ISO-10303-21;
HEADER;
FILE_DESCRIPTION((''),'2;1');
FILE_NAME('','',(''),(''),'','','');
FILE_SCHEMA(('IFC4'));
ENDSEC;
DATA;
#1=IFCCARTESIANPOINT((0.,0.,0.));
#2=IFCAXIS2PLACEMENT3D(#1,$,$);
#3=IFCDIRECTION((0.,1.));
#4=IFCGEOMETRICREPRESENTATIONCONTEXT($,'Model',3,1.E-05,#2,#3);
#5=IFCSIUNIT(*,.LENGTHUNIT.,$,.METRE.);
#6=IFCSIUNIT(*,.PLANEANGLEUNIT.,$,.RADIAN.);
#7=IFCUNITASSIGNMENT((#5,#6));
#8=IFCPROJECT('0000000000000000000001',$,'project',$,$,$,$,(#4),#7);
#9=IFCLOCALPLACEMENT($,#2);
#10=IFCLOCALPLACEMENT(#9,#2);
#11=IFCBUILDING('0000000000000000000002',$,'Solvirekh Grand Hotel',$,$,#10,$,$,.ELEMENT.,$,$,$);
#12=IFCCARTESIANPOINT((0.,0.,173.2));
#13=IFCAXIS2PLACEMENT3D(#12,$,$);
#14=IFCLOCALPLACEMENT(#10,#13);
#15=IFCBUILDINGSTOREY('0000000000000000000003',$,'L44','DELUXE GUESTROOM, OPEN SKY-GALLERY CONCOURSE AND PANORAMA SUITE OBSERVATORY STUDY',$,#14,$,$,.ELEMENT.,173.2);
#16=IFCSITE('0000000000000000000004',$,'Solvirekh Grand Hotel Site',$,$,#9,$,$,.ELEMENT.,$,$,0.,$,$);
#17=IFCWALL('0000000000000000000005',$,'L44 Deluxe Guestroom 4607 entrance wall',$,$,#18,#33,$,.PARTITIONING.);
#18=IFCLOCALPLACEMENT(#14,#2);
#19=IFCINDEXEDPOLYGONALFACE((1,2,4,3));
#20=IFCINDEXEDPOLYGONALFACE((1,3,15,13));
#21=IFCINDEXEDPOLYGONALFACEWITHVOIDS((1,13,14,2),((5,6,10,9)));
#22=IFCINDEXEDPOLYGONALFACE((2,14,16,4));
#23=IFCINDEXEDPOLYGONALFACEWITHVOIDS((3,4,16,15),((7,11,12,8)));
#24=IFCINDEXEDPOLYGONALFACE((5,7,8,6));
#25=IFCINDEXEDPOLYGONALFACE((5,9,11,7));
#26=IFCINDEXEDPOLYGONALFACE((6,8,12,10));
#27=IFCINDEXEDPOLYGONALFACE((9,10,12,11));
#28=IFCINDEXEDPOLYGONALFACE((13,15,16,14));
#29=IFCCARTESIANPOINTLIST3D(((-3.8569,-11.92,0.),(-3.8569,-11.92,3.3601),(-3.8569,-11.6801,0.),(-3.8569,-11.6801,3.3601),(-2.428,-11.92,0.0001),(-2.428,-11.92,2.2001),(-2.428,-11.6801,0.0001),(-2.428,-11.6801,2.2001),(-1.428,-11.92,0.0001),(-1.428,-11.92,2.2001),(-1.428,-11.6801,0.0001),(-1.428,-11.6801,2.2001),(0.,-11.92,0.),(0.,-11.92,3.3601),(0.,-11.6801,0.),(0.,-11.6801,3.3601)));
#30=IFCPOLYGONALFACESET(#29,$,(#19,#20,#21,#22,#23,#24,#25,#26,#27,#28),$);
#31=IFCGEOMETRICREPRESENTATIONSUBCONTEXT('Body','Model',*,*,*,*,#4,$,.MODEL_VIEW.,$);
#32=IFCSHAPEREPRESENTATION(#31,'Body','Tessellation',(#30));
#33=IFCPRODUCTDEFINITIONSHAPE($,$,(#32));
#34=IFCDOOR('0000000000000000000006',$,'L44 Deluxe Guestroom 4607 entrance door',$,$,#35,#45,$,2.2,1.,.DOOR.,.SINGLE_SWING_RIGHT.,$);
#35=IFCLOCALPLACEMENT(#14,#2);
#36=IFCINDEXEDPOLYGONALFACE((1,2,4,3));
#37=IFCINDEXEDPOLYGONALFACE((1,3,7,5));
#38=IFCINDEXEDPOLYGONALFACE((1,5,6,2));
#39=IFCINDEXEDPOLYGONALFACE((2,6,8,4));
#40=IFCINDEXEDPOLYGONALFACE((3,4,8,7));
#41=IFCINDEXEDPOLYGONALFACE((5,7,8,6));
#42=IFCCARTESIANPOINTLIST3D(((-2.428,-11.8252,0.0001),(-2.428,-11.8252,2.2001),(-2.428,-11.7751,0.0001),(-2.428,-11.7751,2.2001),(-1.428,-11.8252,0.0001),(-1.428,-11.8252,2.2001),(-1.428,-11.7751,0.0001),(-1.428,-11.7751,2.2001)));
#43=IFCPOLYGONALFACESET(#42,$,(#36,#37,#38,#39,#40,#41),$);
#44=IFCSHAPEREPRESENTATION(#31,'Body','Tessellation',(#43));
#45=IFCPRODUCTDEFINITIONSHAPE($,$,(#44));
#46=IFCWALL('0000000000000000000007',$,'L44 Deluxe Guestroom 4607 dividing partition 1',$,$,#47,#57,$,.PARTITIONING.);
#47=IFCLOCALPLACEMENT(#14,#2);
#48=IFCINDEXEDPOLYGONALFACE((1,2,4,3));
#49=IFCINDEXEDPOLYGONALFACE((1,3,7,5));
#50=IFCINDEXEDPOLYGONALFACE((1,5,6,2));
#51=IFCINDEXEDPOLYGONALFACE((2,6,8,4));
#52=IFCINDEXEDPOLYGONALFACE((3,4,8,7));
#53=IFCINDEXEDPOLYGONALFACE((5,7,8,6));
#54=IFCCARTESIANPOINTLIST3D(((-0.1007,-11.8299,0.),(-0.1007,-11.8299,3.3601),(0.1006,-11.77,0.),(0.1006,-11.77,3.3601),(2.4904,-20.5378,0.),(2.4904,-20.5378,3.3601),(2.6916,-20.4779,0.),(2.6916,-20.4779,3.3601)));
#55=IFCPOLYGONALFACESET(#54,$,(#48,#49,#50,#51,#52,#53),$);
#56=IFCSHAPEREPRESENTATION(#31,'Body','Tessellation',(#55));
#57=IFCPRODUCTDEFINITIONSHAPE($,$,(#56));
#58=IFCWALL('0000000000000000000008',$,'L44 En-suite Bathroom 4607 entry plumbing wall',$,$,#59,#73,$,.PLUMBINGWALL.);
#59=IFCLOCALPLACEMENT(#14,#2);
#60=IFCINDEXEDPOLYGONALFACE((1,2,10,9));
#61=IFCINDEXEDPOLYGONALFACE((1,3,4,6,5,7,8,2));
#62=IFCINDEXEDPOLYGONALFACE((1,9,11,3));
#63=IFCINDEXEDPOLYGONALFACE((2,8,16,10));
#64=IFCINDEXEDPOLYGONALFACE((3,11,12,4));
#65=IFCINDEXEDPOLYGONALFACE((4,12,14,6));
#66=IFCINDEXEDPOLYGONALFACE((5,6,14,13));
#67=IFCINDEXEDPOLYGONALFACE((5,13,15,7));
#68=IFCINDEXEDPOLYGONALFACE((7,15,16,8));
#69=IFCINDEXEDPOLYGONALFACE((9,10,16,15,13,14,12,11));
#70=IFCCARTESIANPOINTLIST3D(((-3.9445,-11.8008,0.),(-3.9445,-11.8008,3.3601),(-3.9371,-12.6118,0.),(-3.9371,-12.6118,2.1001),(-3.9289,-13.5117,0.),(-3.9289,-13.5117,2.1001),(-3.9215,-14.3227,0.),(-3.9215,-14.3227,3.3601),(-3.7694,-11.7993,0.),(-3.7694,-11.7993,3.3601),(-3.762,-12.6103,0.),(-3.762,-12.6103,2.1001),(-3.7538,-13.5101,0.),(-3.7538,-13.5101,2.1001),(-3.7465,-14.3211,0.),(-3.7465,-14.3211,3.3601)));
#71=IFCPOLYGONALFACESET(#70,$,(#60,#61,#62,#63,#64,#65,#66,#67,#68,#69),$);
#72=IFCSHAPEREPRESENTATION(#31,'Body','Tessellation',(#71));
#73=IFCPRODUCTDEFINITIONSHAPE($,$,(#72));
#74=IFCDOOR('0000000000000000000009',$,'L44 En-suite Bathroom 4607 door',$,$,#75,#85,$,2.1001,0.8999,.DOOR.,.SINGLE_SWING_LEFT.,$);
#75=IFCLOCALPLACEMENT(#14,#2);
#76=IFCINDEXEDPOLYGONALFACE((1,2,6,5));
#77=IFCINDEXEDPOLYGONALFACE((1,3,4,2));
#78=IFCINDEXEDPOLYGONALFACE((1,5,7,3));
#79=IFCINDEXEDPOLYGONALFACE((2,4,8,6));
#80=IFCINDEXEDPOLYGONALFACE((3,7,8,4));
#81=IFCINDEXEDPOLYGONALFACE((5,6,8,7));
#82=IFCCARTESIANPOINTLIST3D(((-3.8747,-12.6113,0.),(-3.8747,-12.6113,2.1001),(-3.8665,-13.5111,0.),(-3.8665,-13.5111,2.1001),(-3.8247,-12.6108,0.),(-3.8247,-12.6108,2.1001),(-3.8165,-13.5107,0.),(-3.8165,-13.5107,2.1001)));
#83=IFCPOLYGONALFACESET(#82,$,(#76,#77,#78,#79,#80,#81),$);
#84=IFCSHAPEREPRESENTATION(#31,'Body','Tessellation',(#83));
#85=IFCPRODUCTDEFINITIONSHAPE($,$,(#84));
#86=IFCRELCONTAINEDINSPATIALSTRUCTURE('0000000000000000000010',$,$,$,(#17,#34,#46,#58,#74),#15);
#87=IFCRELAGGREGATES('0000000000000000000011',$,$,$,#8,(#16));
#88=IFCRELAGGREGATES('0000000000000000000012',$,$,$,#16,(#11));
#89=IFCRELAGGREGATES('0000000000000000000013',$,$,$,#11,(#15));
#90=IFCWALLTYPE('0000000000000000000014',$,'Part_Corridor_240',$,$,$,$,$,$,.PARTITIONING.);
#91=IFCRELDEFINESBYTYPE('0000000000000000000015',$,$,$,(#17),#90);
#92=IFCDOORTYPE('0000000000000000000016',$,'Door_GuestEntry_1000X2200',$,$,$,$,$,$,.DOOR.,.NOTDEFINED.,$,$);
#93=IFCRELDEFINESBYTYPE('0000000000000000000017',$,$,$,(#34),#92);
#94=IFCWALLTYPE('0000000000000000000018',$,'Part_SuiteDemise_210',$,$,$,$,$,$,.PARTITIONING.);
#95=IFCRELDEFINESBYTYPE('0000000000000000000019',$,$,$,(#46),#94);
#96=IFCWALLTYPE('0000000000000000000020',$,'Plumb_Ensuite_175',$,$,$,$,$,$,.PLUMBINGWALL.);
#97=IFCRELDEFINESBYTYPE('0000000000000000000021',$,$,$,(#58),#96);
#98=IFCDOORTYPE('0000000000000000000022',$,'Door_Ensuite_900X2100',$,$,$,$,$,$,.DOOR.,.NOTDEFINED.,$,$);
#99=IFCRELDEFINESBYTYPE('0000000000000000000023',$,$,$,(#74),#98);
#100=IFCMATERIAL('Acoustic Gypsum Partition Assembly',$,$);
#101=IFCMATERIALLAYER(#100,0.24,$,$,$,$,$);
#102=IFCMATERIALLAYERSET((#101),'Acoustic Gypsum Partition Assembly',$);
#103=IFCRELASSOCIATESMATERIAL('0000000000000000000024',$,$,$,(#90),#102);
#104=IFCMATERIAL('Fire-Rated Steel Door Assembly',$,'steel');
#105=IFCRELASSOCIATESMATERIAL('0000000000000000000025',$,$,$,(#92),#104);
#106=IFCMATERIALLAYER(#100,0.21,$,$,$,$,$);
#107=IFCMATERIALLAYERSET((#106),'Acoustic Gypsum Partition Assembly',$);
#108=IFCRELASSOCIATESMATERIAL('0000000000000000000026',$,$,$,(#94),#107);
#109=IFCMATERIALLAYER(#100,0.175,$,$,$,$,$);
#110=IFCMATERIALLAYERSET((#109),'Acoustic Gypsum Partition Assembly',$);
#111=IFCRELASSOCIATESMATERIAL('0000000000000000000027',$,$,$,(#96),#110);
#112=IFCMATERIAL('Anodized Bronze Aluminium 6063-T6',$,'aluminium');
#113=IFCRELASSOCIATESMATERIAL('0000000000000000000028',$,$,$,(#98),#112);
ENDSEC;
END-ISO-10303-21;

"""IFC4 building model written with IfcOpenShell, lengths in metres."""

from ifc_helpers import new_model, si_unit, direction, frame, frame_2d, origin, place, context, subcontext, project, spatial, rectangle, extrude, material, layer, layer_set, type_object, element, fill, save


model = new_model("IFC4")

# Units and contexts
model_context = context("Model", 3, precision=1e-05, world=origin(), true_north=direction((0.0, 1.0)))
body_context = subcontext(model_context, "Body", "Model", "MODEL_VIEW")
ifc_project = project(units=[si_unit("LENGTHUNIT", "METRE"), si_unit("PLANEANGLEUNIT", "RADIAN")], contexts=[model_context])

# Site, building, storey
site_placement = place(None, origin())
site = spatial("IfcSite", under=ifc_project, at=site_placement, Name="Solvirekh Grand Hotel Site", CompositionType="ELEMENT", RefElevation=0.0)
building_placement = place(site_placement, origin())
building = spatial("IfcBuilding", under=site, at=building_placement, Name="Solvirekh Grand Hotel", CompositionType="ELEMENT")
storey_placement = place(building_placement, frame((0.0, 0.0, 173.2)))
storey = spatial("IfcBuildingStorey", under=building, at=storey_placement, Name="L44", Description="DELUXE GUESTROOM, OPEN SKY-GALLERY CONCOURSE AND PANORAMA SUITE OBSERVATORY STUDY", CompositionType="ELEMENT", Elevation=173.2)

# Shared definitions
ifc_material_1 = material(Name="Anodized Bronze Aluminium 6063-T6", Category="aluminium")

# Wall, opening, door
ifc_material_2 = material(Name="Acoustic Gypsum Partition Assembly")
ifc_layer_1 = layer(ifc_material_2, 0.24)
ifc_layer_set_1 = layer_set([ifc_layer_1], Name="Acoustic Gypsum Partition Assembly")
wall_type_1 = type_object("IfcWallType", Name="Part_Corridor_240", PredefinedType="PARTITIONING", material=ifc_layer_set_1)
wall_1_placement = place(storey_placement, frame((-3.8569, -11.8, 0.0), z_axis=(0.0, 0.0, 1.0), x_axis=(1.0, 0.0, 0.0)))
wall_1 = element("IfcWall", 1, at=wall_1_placement, inside=storey, type_object=wall_type_1, Name="L44 Deluxe Guestroom 4607 entrance wall", PredefinedType="PARTITIONING", context=body_context, shape_type="SweptSolid", body=[
    extrude(rectangle(XDim=3.8569, YDim=0.24, at=frame_2d((1.9285, 0.0))), origin(), (0.0, 0.0, 1.0), 3.3601),
])
opening_1_placement = place(wall_1_placement, frame((1.429, 0.0, 0.0)))
opening_1 = element("IfcOpeningElement", 2, at=opening_1_placement, cuts=wall_1, PredefinedType="OPENING", context=body_context, shape_type="SweptSolid", body=[
    extrude(rectangle(XDim=1.0, YDim=2.2, at=frame_2d((0.5, 1.1001))), frame((0.0, 0.1299, 0.0), z_axis=(0.0, -1.0, 0.0), x_axis=(1.0, 0.0, 0.0)), (0.0, 0.0, 1.0), 0.26),
])
ifc_material_3 = material(Name="Fire-Rated Steel Door Assembly", Category="steel")
door_type_1 = type_object("IfcDoorType", Name="Door_GuestEntry_1000X2200", OperationType="NOTDEFINED", PredefinedType="DOOR", material=ifc_material_3)
door_1_placement = place(opening_1_placement, origin())
door_1 = element("IfcDoor", 3, at=door_1_placement, inside=storey, type_object=door_type_1, Name="L44 Deluxe Guestroom 4607 entrance door", OperationType="SINGLE_SWING_RIGHT", OverallHeight=2.2, OverallWidth=1.0, PredefinedType="DOOR", context=body_context, shape_type="SweptSolid", body=[
    extrude(rectangle(XDim=1.0, YDim=2.2, at=frame_2d((0.5, 1.1001))), frame((0.0, 0.0249, 0.0), z_axis=(0.0, -1.0, 0.0), x_axis=(1.0, 0.0, 0.0)), (0.0, 0.0, 1.0), 0.05),
])
fill(opening_1, door_1)

# Wall
ifc_layer_2 = layer(ifc_material_2, 0.21)
ifc_layer_set_2 = layer_set([ifc_layer_2], Name="Acoustic Gypsum Partition Assembly")
wall_type_2 = type_object("IfcWallType", Name="Part_SuiteDemise_210", PredefinedType="PARTITIONING", material=ifc_layer_set_2)
wall_2_placement = place(storey_placement, frame((0.0, -11.8, 0.0), z_axis=(0.0, 0.0, 1.0), x_axis=(0.285192, -0.95847, 0.0)))
element("IfcWall", 4, at=wall_2_placement, inside=storey, type_object=wall_type_2, Name="L44 Deluxe Guestroom 4607 dividing partition 1", PredefinedType="PARTITIONING", context=body_context, shape_type="SweptSolid", body=[
    extrude(rectangle(XDim=9.0852, YDim=0.21, at=frame_2d((4.5425, 0.0))), origin(), (0.0, 0.0, 1.0), 3.3601),
])

# Wall, opening, door
ifc_layer_3 = layer(ifc_material_2, 0.175)
ifc_layer_set_3 = layer_set([ifc_layer_3], Name="Acoustic Gypsum Partition Assembly")
wall_type_3 = type_object("IfcWallType", Name="Plumb_Ensuite_175", PredefinedType="PLUMBINGWALL", material=ifc_layer_set_3)
wall_3_placement = place(storey_placement, frame((-3.8569, -11.8, 0.0), z_axis=(0.0, 0.0, 1.0), x_axis=(0.009099, -0.999959, 0.0)))
wall_3 = element("IfcWall", 5, at=wall_3_placement, inside=storey, type_object=wall_type_3, Name="L44 En-suite Bathroom 4607 entry plumbing wall", PredefinedType="PLUMBINGWALL", context=body_context, shape_type="SweptSolid", body=[
    extrude(rectangle(XDim=2.522, YDim=0.175, at=frame_2d((1.261, 0.0))), origin(), (0.0, 0.0, 1.0), 3.3601),
])
opening_2_placement = place(wall_3_placement, frame((0.811, 0.0, 0.0)))
opening_2 = element("IfcOpeningElement", 6, at=opening_2_placement, cuts=wall_3, PredefinedType="OPENING", context=body_context, shape_type="SweptSolid", body=[
    extrude(rectangle(XDim=0.8999, YDim=2.1001, at=frame_2d((0.45, 1.05))), frame((0.0, 0.0977, 0.0), z_axis=(0.0, -1.0, 0.0), x_axis=(1.0, 0.0, 0.0)), (0.0, 0.0, 1.0), 0.1951),
])
door_type_2 = type_object("IfcDoorType", Name="Door_Ensuite_900X2100", OperationType="NOTDEFINED", PredefinedType="DOOR", material=ifc_material_1)
door_2_placement = place(opening_2_placement, origin())
door_2 = element("IfcDoor", 7, at=door_2_placement, inside=storey, type_object=door_type_2, Name="L44 En-suite Bathroom 4607 door", OperationType="SINGLE_SWING_LEFT", OverallHeight=2.1001, OverallWidth=0.8999, PredefinedType="DOOR", context=body_context, shape_type="SweptSolid", body=[
    extrude(rectangle(XDim=0.8999, YDim=2.1001, at=frame_2d((0.45, 1.05))), frame((0.0, 0.0249, 0.0), z_axis=(0.0, -1.0, 0.0), x_axis=(1.0, 0.0, 0.0)), (0.0, 0.0, 1.0), 0.05),
])
fill(opening_2, door_2)

save(model, "model.ifc")
